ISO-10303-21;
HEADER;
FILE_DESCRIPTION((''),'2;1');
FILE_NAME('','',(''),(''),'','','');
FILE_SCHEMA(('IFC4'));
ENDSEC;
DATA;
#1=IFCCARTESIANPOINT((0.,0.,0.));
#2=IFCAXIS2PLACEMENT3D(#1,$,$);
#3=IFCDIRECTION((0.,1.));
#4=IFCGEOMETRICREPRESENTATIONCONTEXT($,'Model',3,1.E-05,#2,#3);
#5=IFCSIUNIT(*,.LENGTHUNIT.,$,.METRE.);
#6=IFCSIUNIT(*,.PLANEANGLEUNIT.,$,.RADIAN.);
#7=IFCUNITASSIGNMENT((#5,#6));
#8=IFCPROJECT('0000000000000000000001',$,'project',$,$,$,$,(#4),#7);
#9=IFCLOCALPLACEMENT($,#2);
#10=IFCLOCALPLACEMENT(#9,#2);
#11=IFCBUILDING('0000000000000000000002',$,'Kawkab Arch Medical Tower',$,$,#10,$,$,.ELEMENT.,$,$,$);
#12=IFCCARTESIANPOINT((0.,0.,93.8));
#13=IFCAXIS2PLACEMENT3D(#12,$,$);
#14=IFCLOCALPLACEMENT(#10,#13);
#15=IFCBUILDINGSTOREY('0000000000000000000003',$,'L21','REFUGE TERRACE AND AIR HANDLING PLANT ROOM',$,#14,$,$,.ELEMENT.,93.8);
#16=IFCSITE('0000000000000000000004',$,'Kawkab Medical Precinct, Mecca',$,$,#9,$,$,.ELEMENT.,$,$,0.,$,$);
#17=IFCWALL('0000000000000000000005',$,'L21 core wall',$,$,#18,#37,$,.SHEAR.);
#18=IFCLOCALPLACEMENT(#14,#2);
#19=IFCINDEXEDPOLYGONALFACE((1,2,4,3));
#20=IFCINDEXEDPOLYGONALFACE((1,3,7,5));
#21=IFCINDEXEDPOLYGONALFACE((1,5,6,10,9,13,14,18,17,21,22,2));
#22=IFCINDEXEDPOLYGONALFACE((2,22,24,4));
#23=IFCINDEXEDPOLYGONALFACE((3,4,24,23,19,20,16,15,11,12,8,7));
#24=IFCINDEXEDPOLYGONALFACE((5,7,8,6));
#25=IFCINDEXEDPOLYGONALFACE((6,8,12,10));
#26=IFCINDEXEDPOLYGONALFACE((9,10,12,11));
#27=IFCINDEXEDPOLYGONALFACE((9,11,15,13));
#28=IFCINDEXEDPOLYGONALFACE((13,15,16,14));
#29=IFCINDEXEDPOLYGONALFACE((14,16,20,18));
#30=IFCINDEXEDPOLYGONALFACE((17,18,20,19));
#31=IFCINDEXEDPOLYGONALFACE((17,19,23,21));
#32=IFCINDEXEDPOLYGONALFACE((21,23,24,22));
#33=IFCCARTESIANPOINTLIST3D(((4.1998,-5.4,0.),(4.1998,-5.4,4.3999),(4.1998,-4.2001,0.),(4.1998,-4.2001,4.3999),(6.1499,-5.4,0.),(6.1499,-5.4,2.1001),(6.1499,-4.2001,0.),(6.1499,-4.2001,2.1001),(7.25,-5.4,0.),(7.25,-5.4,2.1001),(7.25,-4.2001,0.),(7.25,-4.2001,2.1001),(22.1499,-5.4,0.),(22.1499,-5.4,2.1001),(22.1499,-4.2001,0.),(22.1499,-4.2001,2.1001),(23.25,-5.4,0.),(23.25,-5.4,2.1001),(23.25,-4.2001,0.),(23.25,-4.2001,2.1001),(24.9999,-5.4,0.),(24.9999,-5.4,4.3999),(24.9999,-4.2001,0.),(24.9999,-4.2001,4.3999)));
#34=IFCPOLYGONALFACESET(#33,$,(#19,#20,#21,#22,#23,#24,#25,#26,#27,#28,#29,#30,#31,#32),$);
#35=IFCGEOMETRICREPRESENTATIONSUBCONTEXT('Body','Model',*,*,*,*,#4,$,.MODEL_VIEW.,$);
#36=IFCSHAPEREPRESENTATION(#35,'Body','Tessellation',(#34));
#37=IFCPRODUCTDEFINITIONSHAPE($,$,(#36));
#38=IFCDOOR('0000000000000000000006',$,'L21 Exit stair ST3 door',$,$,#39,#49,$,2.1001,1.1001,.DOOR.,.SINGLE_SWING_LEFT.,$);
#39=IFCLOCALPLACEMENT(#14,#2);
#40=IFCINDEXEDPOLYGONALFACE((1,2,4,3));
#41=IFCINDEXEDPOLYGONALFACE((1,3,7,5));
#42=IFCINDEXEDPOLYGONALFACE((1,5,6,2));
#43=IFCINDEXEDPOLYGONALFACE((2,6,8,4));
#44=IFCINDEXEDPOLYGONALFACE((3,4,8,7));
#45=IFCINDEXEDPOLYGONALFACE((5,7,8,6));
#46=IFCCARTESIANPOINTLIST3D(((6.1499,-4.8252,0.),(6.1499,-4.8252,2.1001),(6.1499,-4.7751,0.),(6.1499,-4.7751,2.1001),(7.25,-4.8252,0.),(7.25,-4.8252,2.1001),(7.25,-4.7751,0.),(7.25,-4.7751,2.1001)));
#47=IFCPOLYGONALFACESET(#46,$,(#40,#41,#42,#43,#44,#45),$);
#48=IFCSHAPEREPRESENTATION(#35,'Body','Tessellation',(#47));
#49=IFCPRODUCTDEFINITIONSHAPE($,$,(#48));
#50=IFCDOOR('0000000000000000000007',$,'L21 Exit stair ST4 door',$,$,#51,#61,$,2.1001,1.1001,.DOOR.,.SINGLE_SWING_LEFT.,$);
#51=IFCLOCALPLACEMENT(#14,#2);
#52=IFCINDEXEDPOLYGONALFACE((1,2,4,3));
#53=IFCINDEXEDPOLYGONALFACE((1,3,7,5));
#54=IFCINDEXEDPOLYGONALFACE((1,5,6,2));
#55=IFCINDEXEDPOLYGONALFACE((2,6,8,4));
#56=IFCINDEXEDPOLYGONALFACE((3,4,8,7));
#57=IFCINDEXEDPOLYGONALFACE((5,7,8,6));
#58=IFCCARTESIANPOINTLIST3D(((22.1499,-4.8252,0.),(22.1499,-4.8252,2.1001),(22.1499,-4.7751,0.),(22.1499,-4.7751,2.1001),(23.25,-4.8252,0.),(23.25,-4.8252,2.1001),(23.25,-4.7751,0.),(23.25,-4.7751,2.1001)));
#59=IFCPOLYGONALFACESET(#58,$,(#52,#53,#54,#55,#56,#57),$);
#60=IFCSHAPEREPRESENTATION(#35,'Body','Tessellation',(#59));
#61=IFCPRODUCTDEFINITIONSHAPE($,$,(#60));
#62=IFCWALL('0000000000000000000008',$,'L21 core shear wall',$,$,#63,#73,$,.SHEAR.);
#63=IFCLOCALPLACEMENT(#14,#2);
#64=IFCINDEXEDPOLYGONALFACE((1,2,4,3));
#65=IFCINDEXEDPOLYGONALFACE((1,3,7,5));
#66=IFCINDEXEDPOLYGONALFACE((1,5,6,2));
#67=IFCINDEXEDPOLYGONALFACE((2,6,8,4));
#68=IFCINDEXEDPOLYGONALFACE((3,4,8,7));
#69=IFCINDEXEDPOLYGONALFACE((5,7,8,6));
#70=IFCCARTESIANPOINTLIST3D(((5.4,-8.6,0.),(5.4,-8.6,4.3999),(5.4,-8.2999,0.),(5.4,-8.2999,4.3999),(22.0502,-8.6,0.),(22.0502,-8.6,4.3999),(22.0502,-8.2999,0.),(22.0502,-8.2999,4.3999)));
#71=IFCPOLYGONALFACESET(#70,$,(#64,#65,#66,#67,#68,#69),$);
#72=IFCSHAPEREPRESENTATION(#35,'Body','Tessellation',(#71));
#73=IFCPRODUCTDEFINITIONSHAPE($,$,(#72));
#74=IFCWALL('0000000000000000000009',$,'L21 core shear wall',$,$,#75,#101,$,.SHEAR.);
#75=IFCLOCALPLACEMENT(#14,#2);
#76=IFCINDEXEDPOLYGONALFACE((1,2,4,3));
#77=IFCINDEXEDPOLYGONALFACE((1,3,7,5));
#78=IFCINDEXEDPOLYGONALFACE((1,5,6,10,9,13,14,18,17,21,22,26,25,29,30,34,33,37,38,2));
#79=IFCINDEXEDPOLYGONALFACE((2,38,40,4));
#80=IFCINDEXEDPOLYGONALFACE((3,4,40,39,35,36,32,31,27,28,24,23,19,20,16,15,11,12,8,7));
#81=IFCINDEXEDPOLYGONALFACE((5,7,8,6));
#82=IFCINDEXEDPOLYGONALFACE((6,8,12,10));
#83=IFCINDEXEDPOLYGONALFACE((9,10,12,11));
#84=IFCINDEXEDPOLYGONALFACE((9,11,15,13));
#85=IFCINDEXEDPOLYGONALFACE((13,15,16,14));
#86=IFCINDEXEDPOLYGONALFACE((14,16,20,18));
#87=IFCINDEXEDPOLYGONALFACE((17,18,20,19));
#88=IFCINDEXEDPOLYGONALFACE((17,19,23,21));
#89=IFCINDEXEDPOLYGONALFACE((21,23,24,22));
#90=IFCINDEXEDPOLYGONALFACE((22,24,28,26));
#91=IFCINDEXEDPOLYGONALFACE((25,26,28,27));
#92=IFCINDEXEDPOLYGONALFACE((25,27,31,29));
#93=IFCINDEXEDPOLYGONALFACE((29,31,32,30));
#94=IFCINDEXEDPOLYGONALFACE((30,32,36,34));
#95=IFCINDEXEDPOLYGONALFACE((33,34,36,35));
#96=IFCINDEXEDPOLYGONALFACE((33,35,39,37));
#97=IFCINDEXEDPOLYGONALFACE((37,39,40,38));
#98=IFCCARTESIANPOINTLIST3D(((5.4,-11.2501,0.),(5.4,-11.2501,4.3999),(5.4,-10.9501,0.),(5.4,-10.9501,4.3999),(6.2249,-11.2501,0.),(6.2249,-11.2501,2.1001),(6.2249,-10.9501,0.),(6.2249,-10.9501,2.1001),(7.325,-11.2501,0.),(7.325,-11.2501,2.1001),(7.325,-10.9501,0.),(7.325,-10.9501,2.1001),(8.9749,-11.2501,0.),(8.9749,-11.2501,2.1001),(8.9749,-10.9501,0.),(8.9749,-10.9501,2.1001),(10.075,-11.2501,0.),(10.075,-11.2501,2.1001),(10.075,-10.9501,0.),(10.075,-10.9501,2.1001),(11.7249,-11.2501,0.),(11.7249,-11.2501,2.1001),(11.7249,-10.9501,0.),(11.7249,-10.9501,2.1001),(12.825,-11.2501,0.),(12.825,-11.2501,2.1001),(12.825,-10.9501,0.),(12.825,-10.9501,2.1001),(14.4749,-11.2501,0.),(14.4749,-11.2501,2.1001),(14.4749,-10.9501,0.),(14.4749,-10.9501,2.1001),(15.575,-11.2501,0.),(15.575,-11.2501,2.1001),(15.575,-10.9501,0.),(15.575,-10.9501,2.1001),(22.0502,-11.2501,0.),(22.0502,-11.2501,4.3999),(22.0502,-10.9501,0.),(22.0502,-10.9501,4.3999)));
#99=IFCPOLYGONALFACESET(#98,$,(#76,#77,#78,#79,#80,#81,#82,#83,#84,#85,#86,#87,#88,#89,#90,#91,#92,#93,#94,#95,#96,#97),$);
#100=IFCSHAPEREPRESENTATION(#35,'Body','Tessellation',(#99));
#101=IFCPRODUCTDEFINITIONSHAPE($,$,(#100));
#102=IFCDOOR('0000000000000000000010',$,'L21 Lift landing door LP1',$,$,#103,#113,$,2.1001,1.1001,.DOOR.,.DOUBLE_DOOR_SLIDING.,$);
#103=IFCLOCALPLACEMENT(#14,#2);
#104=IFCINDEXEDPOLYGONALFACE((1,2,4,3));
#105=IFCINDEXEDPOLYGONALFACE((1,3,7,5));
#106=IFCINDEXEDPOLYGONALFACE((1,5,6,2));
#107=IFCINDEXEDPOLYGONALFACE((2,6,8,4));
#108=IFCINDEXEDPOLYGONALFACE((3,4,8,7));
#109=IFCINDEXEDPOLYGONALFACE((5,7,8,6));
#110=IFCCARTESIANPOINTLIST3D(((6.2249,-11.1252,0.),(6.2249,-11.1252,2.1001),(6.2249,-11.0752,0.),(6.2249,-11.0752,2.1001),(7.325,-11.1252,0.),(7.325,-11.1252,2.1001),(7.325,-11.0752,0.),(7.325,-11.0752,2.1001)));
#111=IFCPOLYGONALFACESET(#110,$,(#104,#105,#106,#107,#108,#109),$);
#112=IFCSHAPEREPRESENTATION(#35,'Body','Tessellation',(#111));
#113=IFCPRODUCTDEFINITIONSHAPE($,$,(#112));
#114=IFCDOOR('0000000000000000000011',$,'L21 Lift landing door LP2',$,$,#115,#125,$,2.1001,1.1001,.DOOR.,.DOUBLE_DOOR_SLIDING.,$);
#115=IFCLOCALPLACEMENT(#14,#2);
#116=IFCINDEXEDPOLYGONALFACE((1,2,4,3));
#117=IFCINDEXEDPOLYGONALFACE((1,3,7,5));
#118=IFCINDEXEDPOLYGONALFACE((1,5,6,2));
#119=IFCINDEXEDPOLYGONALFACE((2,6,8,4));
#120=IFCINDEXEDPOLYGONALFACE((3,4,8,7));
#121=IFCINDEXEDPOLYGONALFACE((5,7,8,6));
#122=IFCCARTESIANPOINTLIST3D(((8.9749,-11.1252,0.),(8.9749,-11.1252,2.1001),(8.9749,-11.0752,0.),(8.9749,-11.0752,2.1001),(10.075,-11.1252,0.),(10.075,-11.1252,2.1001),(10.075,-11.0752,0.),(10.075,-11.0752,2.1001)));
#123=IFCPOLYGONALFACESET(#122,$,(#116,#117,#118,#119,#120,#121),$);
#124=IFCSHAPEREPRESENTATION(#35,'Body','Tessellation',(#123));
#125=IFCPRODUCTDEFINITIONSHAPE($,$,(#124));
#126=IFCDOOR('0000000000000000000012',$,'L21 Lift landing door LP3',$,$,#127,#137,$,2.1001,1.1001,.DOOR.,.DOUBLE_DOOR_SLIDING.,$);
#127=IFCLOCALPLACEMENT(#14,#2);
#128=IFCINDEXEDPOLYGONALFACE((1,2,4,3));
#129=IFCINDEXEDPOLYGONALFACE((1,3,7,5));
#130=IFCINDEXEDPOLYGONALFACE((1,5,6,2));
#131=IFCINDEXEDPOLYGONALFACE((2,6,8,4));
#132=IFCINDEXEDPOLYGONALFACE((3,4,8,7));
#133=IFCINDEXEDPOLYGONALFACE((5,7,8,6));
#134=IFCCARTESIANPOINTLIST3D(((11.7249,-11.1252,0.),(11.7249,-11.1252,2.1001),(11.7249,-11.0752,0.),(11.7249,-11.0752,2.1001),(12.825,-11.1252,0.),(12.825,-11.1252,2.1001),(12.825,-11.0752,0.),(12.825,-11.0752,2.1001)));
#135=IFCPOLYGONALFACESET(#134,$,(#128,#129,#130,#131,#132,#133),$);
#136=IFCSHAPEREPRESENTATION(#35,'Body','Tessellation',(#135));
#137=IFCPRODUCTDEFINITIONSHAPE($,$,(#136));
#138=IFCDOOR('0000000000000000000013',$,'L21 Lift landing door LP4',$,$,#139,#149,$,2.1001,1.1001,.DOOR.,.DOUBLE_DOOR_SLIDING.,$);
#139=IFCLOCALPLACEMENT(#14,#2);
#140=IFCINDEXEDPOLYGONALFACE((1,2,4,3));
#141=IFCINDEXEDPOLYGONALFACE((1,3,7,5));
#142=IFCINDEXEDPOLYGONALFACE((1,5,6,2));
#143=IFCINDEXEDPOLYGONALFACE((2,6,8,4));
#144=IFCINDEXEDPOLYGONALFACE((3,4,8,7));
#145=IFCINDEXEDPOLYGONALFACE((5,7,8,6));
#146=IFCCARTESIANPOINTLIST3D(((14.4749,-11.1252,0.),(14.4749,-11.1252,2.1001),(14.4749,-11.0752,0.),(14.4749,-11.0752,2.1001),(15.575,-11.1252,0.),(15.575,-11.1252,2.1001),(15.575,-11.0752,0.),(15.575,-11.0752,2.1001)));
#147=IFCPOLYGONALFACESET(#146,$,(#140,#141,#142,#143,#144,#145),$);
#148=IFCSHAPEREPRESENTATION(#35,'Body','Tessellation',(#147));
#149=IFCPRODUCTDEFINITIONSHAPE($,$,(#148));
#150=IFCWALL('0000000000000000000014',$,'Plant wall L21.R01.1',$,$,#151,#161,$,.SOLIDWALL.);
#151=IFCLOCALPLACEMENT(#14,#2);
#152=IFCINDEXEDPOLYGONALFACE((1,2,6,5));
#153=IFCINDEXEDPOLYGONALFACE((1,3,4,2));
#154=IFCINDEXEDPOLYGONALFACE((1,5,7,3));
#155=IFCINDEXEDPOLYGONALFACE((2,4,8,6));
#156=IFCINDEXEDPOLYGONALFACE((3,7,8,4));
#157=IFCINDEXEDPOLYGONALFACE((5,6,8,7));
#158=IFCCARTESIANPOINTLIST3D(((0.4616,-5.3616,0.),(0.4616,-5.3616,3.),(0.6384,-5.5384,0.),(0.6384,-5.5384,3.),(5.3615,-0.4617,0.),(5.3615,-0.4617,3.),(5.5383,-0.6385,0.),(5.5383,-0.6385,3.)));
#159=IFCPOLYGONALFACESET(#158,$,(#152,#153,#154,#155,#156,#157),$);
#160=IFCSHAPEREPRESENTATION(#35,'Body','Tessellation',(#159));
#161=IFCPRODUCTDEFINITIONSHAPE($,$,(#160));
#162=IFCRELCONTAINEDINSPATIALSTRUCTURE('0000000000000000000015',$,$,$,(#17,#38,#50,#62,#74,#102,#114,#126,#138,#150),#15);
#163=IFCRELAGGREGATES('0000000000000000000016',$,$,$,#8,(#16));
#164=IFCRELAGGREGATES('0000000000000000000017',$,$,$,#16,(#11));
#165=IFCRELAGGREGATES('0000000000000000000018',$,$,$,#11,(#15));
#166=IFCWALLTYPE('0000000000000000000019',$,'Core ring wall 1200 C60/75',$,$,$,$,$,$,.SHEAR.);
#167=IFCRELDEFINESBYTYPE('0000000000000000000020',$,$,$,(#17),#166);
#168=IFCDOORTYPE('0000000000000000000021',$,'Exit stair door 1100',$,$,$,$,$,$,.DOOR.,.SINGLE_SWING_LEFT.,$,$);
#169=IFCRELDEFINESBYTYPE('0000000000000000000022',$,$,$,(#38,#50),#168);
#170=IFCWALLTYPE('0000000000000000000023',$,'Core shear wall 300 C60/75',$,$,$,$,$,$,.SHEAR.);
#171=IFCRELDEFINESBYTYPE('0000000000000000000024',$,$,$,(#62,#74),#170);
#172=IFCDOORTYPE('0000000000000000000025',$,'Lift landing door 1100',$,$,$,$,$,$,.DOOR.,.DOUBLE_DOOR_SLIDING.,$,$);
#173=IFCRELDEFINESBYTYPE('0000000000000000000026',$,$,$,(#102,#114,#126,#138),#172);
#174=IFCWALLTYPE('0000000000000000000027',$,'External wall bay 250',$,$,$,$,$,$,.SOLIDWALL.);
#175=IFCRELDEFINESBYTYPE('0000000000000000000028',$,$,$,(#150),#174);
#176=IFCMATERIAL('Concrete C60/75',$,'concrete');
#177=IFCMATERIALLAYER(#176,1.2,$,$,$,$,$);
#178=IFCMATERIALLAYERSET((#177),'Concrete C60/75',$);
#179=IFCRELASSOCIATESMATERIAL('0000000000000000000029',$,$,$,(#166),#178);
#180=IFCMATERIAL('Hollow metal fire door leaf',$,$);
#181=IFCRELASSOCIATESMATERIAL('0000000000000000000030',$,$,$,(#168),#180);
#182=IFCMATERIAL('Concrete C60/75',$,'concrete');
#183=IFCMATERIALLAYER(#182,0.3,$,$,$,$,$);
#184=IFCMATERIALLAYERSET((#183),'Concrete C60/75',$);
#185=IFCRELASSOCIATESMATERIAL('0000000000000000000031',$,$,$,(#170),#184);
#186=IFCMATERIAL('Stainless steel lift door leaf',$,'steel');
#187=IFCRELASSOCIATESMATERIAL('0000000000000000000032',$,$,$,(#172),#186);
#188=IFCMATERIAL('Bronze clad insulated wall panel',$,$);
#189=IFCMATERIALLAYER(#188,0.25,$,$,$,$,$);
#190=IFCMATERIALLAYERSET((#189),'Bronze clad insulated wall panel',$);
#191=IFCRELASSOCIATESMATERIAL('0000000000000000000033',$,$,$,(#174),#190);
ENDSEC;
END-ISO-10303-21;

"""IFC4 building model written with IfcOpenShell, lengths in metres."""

from ifc_helpers import new_model, si_unit, direction, frame, frame_2d, origin, place, context, subcontext, project, spatial, rectangle, extrude, material, layer, layer_set, type_object, element, fill, save


model = new_model("IFC4")

# Units and contexts
model_context = context("Model", 3, precision=1e-05, world=origin(), true_north=direction((0.0, 1.0)))
body_context = subcontext(model_context, "Body", "Model", "MODEL_VIEW")
ifc_project = project(units=[si_unit("LENGTHUNIT", "METRE"), si_unit("PLANEANGLEUNIT", "RADIAN")], contexts=[model_context])

# Site, building, storey
site_placement = place(None, origin())
site = spatial("IfcSite", under=ifc_project, at=site_placement, Name="Kawkab Medical Precinct, Mecca", CompositionType="ELEMENT", RefElevation=0.0)
building_placement = place(site_placement, origin())
building = spatial("IfcBuilding", under=site, at=building_placement, Name="Kawkab Arch Medical Tower", CompositionType="ELEMENT")
storey_placement = place(building_placement, frame((0.0, 0.0, 93.8)))
storey = spatial("IfcBuildingStorey", under=building, at=storey_placement, Name="L21", Description="REFUGE TERRACE AND AIR HANDLING PLANT ROOM", CompositionType="ELEMENT", Elevation=93.8)

# Wall, openings, doors
ifc_material_1 = material(Name="Concrete C60/75", Category="concrete")
ifc_layer_1 = layer(ifc_material_1, 1.2)
ifc_layer_set_1 = layer_set([ifc_layer_1], Name="Concrete C60/75")
wall_type_1 = type_object("IfcWallType", Name="Core ring wall 1200 C60/75", PredefinedType="SHEAR", material=ifc_layer_set_1)
wall_1_placement = place(storey_placement, frame((4.2, -4.8, 0.0), z_axis=(0.0, 0.0, 1.0), x_axis=(1.0, 0.0, 0.0)))
wall_1 = element("IfcWall", 1, at=wall_1_placement, inside=storey, type_object=wall_type_1, Name="L21 core wall", PredefinedType="SHEAR", context=body_context, shape_type="SweptSolid", body=[
    extrude(rectangle(XDim=20.8, YDim=1.2, at=frame_2d((10.3999, 0.0))), origin(), (0.0, 0.0, 1.0), 4.3999),
])
opening_1_placement = place(wall_1_placement, frame((1.95, 0.0, 0.0)))
opening_1 = element("IfcOpeningElement", 2, at=opening_1_placement, cuts=wall_1, PredefinedType="OPENING", context=body_context, shape_type="SweptSolid", body=[
    extrude(rectangle(XDim=1.1001, YDim=2.1001, at=frame_2d((0.55, 1.05))), frame((0.0, 0.6099, 0.0), z_axis=(0.0, -1.0, 0.0), x_axis=(1.0, 0.0, 0.0)), (0.0, 0.0, 1.0), 1.22),
])
opening_2_placement = place(wall_1_placement, frame((17.95, 0.0, 0.0)))
opening_2 = element("IfcOpeningElement", 3, at=opening_2_placement, cuts=wall_1, PredefinedType="OPENING", context=body_context, shape_type="SweptSolid", body=[
    extrude(rectangle(XDim=1.1001, YDim=2.1001, at=frame_2d((0.55, 1.05))), frame((0.0, 0.6099, 0.0), z_axis=(0.0, -1.0, 0.0), x_axis=(1.0, 0.0, 0.0)), (0.0, 0.0, 1.0), 1.22),
])
ifc_material_2 = material(Name="Hollow metal fire door leaf")
door_type_1 = type_object("IfcDoorType", Name="Exit stair door 1100", OperationType="SINGLE_SWING_LEFT", PredefinedType="DOOR", material=ifc_material_2)
door_1_placement = place(opening_1_placement, origin())
door_1 = element("IfcDoor", 4, at=door_1_placement, inside=storey, type_object=door_type_1, Name="L21 Exit stair ST3 door", OperationType="SINGLE_SWING_LEFT", OverallHeight=2.1001, OverallWidth=1.1001, PredefinedType="DOOR", context=body_context, shape_type="SweptSolid", body=[
    extrude(rectangle(XDim=1.1001, YDim=2.1001, at=frame_2d((0.55, 1.05))), frame((0.0, 0.0249, 0.0), z_axis=(0.0, -1.0, 0.0), x_axis=(1.0, 0.0, 0.0)), (0.0, 0.0, 1.0), 0.05),
])
fill(opening_1, door_1)
door_2_placement = place(opening_2_placement, origin())
door_2 = element("IfcDoor", 5, at=door_2_placement, inside=storey, type_object=door_type_1, Name="L21 Exit stair ST4 door", OperationType="SINGLE_SWING_LEFT", OverallHeight=2.1001, OverallWidth=1.1001, PredefinedType="DOOR", context=body_context, shape_type="SweptSolid", body=[
    extrude(rectangle(XDim=1.1001, YDim=2.1001, at=frame_2d((0.55, 1.05))), frame((0.0, 0.0249, 0.0), z_axis=(0.0, -1.0, 0.0), x_axis=(1.0, 0.0, 0.0)), (0.0, 0.0, 1.0), 0.05),
])
fill(opening_2, door_2)

# Wall
ifc_material_3 = material(Name="Concrete C60/75", Category="concrete")
ifc_layer_2 = layer(ifc_material_3, 0.3)
ifc_layer_set_2 = layer_set([ifc_layer_2], Name="Concrete C60/75")
wall_type_2 = type_object("IfcWallType", Name="Core shear wall 300 C60/75", PredefinedType="SHEAR", material=ifc_layer_set_2)
wall_2_placement = place(storey_placement, frame((5.3999, -8.45, 0.0), z_axis=(0.0, 0.0, 1.0), x_axis=(1.0, 0.0, 0.0)))
element("IfcWall", 6, at=wall_2_placement, inside=storey, type_object=wall_type_2, Name="L21 core shear wall", PredefinedType="SHEAR", context=body_context, shape_type="SweptSolid", body=[
    extrude(rectangle(XDim=16.6501, YDim=0.3, at=frame_2d((8.3252, 0.0))), origin(), (0.0, 0.0, 1.0), 4.3999),
])

# Wall, openings, doors
wall_3_placement = place(storey_placement, frame((5.3999, -11.1001, 0.0), z_axis=(0.0, 0.0, 1.0), x_axis=(1.0, 0.0, 0.0)))
wall_3 = element("IfcWall", 7, at=wall_3_placement, inside=storey, type_object=wall_type_2, Name="L21 core shear wall", PredefinedType="SHEAR", context=body_context, shape_type="SweptSolid", body=[
    extrude(rectangle(XDim=16.6501, YDim=0.3, at=frame_2d((8.3252, 0.0))), origin(), (0.0, 0.0, 1.0), 4.3999),
])
opening_3_placement = place(wall_3_placement, frame((0.825, 0.0, 0.0)))
opening_3 = element("IfcOpeningElement", 8, at=opening_3_placement, cuts=wall_3, PredefinedType="OPENING", context=body_context, shape_type="SweptSolid", body=[
    extrude(rectangle(XDim=1.1001, YDim=2.1001, at=frame_2d((0.55, 1.05))), frame((0.0, 0.1599, 0.0), z_axis=(0.0, -1.0, 0.0), x_axis=(1.0, 0.0, 0.0)), (0.0, 0.0, 1.0), 0.3201),
])
opening_4_placement = place(wall_3_placement, frame((3.575, 0.0, 0.0)))
opening_4 = element("IfcOpeningElement", 9, at=opening_4_placement, cuts=wall_3, PredefinedType="OPENING", context=body_context, shape_type="SweptSolid", body=[
    extrude(rectangle(XDim=1.1001, YDim=2.1001, at=frame_2d((0.55, 1.05))), frame((0.0, 0.1599, 0.0), z_axis=(0.0, -1.0, 0.0), x_axis=(1.0, 0.0, 0.0)), (0.0, 0.0, 1.0), 0.3201),
])
opening_5_placement = place(wall_3_placement, frame((6.325, 0.0, 0.0)))
opening_5 = element("IfcOpeningElement", 10, at=opening_5_placement, cuts=wall_3, PredefinedType="OPENING", context=body_context, shape_type="SweptSolid", body=[
    extrude(rectangle(XDim=1.1001, YDim=2.1001, at=frame_2d((0.55, 1.05))), frame((0.0, 0.1599, 0.0), z_axis=(0.0, -1.0, 0.0), x_axis=(1.0, 0.0, 0.0)), (0.0, 0.0, 1.0), 0.3201),
])
opening_6_placement = place(wall_3_placement, frame((9.075, 0.0, 0.0)))
opening_6 = element("IfcOpeningElement", 11, at=opening_6_placement, cuts=wall_3, PredefinedType="OPENING", context=body_context, shape_type="SweptSolid", body=[
    extrude(rectangle(XDim=1.1001, YDim=2.1001, at=frame_2d((0.55, 1.05))), frame((0.0, 0.1599, 0.0), z_axis=(0.0, -1.0, 0.0), x_axis=(1.0, 0.0, 0.0)), (0.0, 0.0, 1.0), 0.3201),
])
ifc_material_4 = material(Name="Stainless steel lift door leaf", Category="steel")
door_type_2 = type_object("IfcDoorType", Name="Lift landing door 1100", OperationType="DOUBLE_DOOR_SLIDING", PredefinedType="DOOR", material=ifc_material_4)
door_3_placement = place(opening_3_placement, origin())
door_3 = element("IfcDoor", 12, at=door_3_placement, inside=storey, type_object=door_type_2, Name="L21 Lift landing door LP1", OperationType="DOUBLE_DOOR_SLIDING", OverallHeight=2.1001, OverallWidth=1.1001, PredefinedType="DOOR", context=body_context, shape_type="SweptSolid", body=[
    extrude(rectangle(XDim=1.1001, YDim=2.1001, at=frame_2d((0.55, 1.05))), frame((0.0, 0.0249, 0.0), z_axis=(0.0, -1.0, 0.0), x_axis=(1.0, 0.0, 0.0)), (0.0, 0.0, 1.0), 0.05),
])
fill(opening_3, door_3)
door_4_placement = place(opening_4_placement, origin())
door_4 = element("IfcDoor", 13, at=door_4_placement, inside=storey, type_object=door_type_2, Name="L21 Lift landing door LP2", OperationType="DOUBLE_DOOR_SLIDING", OverallHeight=2.1001, OverallWidth=1.1001, PredefinedType="DOOR", context=body_context, shape_type="SweptSolid", body=[
    extrude(rectangle(XDim=1.1001, YDim=2.1001, at=frame_2d((0.55, 1.05))), frame((0.0, 0.0249, 0.0), z_axis=(0.0, -1.0, 0.0), x_axis=(1.0, 0.0, 0.0)), (0.0, 0.0, 1.0), 0.05),
])
fill(opening_4, door_4)
door_5_placement = place(opening_5_placement, origin())
door_5 = element("IfcDoor", 14, at=door_5_placement, inside=storey, type_object=door_type_2, Name="L21 Lift landing door LP3", OperationType="DOUBLE_DOOR_SLIDING", OverallHeight=2.1001, OverallWidth=1.1001, PredefinedType="DOOR", context=body_context, shape_type="SweptSolid", body=[
    extrude(rectangle(XDim=1.1001, YDim=2.1001, at=frame_2d((0.55, 1.05))), frame((0.0, 0.0249, 0.0), z_axis=(0.0, -1.0, 0.0), x_axis=(1.0, 0.0, 0.0)), (0.0, 0.0, 1.0), 0.05),
])
fill(opening_5, door_5)
door_6_placement = place(opening_6_placement, origin())
door_6 = element("IfcDoor", 15, at=door_6_placement, inside=storey, type_object=door_type_2, Name="L21 Lift landing door LP4", OperationType="DOUBLE_DOOR_SLIDING", OverallHeight=2.1001, OverallWidth=1.1001, PredefinedType="DOOR", context=body_context, shape_type="SweptSolid", body=[
    extrude(rectangle(XDim=1.1001, YDim=2.1001, at=frame_2d((0.55, 1.05))), frame((0.0, 0.0249, 0.0), z_axis=(0.0, -1.0, 0.0), x_axis=(1.0, 0.0, 0.0)), (0.0, 0.0, 1.0), 0.05),
])
fill(opening_6, door_6)

# Wall
ifc_material_5 = material(Name="Bronze clad insulated wall panel")
ifc_layer_3 = layer(ifc_material_5, 0.25)
ifc_layer_set_3 = layer_set([ifc_layer_3], Name="Bronze clad insulated wall panel")
wall_type_3 = type_object("IfcWallType", Name="External wall bay 250", PredefinedType="SOLIDWALL", material=ifc_layer_set_3)
wall_4_placement = place(storey_placement, frame((5.45, -0.55, 0.0), z_axis=(0.0, 0.0, 1.0), x_axis=(-0.707107, -0.707107, 0.0)))
element("IfcWall", 16, at=wall_4_placement, inside=storey, type_object=wall_type_3, Name="Plant wall L21.R01.1", PredefinedType="SOLIDWALL", context=body_context, shape_type="SweptSolid", body=[
    extrude(rectangle(XDim=6.9294, YDim=0.25, at=frame_2d((3.4648, 0.0))), origin(), (0.0, 0.0, 1.0), 3.0),
])

save(model, "model.ifc")
